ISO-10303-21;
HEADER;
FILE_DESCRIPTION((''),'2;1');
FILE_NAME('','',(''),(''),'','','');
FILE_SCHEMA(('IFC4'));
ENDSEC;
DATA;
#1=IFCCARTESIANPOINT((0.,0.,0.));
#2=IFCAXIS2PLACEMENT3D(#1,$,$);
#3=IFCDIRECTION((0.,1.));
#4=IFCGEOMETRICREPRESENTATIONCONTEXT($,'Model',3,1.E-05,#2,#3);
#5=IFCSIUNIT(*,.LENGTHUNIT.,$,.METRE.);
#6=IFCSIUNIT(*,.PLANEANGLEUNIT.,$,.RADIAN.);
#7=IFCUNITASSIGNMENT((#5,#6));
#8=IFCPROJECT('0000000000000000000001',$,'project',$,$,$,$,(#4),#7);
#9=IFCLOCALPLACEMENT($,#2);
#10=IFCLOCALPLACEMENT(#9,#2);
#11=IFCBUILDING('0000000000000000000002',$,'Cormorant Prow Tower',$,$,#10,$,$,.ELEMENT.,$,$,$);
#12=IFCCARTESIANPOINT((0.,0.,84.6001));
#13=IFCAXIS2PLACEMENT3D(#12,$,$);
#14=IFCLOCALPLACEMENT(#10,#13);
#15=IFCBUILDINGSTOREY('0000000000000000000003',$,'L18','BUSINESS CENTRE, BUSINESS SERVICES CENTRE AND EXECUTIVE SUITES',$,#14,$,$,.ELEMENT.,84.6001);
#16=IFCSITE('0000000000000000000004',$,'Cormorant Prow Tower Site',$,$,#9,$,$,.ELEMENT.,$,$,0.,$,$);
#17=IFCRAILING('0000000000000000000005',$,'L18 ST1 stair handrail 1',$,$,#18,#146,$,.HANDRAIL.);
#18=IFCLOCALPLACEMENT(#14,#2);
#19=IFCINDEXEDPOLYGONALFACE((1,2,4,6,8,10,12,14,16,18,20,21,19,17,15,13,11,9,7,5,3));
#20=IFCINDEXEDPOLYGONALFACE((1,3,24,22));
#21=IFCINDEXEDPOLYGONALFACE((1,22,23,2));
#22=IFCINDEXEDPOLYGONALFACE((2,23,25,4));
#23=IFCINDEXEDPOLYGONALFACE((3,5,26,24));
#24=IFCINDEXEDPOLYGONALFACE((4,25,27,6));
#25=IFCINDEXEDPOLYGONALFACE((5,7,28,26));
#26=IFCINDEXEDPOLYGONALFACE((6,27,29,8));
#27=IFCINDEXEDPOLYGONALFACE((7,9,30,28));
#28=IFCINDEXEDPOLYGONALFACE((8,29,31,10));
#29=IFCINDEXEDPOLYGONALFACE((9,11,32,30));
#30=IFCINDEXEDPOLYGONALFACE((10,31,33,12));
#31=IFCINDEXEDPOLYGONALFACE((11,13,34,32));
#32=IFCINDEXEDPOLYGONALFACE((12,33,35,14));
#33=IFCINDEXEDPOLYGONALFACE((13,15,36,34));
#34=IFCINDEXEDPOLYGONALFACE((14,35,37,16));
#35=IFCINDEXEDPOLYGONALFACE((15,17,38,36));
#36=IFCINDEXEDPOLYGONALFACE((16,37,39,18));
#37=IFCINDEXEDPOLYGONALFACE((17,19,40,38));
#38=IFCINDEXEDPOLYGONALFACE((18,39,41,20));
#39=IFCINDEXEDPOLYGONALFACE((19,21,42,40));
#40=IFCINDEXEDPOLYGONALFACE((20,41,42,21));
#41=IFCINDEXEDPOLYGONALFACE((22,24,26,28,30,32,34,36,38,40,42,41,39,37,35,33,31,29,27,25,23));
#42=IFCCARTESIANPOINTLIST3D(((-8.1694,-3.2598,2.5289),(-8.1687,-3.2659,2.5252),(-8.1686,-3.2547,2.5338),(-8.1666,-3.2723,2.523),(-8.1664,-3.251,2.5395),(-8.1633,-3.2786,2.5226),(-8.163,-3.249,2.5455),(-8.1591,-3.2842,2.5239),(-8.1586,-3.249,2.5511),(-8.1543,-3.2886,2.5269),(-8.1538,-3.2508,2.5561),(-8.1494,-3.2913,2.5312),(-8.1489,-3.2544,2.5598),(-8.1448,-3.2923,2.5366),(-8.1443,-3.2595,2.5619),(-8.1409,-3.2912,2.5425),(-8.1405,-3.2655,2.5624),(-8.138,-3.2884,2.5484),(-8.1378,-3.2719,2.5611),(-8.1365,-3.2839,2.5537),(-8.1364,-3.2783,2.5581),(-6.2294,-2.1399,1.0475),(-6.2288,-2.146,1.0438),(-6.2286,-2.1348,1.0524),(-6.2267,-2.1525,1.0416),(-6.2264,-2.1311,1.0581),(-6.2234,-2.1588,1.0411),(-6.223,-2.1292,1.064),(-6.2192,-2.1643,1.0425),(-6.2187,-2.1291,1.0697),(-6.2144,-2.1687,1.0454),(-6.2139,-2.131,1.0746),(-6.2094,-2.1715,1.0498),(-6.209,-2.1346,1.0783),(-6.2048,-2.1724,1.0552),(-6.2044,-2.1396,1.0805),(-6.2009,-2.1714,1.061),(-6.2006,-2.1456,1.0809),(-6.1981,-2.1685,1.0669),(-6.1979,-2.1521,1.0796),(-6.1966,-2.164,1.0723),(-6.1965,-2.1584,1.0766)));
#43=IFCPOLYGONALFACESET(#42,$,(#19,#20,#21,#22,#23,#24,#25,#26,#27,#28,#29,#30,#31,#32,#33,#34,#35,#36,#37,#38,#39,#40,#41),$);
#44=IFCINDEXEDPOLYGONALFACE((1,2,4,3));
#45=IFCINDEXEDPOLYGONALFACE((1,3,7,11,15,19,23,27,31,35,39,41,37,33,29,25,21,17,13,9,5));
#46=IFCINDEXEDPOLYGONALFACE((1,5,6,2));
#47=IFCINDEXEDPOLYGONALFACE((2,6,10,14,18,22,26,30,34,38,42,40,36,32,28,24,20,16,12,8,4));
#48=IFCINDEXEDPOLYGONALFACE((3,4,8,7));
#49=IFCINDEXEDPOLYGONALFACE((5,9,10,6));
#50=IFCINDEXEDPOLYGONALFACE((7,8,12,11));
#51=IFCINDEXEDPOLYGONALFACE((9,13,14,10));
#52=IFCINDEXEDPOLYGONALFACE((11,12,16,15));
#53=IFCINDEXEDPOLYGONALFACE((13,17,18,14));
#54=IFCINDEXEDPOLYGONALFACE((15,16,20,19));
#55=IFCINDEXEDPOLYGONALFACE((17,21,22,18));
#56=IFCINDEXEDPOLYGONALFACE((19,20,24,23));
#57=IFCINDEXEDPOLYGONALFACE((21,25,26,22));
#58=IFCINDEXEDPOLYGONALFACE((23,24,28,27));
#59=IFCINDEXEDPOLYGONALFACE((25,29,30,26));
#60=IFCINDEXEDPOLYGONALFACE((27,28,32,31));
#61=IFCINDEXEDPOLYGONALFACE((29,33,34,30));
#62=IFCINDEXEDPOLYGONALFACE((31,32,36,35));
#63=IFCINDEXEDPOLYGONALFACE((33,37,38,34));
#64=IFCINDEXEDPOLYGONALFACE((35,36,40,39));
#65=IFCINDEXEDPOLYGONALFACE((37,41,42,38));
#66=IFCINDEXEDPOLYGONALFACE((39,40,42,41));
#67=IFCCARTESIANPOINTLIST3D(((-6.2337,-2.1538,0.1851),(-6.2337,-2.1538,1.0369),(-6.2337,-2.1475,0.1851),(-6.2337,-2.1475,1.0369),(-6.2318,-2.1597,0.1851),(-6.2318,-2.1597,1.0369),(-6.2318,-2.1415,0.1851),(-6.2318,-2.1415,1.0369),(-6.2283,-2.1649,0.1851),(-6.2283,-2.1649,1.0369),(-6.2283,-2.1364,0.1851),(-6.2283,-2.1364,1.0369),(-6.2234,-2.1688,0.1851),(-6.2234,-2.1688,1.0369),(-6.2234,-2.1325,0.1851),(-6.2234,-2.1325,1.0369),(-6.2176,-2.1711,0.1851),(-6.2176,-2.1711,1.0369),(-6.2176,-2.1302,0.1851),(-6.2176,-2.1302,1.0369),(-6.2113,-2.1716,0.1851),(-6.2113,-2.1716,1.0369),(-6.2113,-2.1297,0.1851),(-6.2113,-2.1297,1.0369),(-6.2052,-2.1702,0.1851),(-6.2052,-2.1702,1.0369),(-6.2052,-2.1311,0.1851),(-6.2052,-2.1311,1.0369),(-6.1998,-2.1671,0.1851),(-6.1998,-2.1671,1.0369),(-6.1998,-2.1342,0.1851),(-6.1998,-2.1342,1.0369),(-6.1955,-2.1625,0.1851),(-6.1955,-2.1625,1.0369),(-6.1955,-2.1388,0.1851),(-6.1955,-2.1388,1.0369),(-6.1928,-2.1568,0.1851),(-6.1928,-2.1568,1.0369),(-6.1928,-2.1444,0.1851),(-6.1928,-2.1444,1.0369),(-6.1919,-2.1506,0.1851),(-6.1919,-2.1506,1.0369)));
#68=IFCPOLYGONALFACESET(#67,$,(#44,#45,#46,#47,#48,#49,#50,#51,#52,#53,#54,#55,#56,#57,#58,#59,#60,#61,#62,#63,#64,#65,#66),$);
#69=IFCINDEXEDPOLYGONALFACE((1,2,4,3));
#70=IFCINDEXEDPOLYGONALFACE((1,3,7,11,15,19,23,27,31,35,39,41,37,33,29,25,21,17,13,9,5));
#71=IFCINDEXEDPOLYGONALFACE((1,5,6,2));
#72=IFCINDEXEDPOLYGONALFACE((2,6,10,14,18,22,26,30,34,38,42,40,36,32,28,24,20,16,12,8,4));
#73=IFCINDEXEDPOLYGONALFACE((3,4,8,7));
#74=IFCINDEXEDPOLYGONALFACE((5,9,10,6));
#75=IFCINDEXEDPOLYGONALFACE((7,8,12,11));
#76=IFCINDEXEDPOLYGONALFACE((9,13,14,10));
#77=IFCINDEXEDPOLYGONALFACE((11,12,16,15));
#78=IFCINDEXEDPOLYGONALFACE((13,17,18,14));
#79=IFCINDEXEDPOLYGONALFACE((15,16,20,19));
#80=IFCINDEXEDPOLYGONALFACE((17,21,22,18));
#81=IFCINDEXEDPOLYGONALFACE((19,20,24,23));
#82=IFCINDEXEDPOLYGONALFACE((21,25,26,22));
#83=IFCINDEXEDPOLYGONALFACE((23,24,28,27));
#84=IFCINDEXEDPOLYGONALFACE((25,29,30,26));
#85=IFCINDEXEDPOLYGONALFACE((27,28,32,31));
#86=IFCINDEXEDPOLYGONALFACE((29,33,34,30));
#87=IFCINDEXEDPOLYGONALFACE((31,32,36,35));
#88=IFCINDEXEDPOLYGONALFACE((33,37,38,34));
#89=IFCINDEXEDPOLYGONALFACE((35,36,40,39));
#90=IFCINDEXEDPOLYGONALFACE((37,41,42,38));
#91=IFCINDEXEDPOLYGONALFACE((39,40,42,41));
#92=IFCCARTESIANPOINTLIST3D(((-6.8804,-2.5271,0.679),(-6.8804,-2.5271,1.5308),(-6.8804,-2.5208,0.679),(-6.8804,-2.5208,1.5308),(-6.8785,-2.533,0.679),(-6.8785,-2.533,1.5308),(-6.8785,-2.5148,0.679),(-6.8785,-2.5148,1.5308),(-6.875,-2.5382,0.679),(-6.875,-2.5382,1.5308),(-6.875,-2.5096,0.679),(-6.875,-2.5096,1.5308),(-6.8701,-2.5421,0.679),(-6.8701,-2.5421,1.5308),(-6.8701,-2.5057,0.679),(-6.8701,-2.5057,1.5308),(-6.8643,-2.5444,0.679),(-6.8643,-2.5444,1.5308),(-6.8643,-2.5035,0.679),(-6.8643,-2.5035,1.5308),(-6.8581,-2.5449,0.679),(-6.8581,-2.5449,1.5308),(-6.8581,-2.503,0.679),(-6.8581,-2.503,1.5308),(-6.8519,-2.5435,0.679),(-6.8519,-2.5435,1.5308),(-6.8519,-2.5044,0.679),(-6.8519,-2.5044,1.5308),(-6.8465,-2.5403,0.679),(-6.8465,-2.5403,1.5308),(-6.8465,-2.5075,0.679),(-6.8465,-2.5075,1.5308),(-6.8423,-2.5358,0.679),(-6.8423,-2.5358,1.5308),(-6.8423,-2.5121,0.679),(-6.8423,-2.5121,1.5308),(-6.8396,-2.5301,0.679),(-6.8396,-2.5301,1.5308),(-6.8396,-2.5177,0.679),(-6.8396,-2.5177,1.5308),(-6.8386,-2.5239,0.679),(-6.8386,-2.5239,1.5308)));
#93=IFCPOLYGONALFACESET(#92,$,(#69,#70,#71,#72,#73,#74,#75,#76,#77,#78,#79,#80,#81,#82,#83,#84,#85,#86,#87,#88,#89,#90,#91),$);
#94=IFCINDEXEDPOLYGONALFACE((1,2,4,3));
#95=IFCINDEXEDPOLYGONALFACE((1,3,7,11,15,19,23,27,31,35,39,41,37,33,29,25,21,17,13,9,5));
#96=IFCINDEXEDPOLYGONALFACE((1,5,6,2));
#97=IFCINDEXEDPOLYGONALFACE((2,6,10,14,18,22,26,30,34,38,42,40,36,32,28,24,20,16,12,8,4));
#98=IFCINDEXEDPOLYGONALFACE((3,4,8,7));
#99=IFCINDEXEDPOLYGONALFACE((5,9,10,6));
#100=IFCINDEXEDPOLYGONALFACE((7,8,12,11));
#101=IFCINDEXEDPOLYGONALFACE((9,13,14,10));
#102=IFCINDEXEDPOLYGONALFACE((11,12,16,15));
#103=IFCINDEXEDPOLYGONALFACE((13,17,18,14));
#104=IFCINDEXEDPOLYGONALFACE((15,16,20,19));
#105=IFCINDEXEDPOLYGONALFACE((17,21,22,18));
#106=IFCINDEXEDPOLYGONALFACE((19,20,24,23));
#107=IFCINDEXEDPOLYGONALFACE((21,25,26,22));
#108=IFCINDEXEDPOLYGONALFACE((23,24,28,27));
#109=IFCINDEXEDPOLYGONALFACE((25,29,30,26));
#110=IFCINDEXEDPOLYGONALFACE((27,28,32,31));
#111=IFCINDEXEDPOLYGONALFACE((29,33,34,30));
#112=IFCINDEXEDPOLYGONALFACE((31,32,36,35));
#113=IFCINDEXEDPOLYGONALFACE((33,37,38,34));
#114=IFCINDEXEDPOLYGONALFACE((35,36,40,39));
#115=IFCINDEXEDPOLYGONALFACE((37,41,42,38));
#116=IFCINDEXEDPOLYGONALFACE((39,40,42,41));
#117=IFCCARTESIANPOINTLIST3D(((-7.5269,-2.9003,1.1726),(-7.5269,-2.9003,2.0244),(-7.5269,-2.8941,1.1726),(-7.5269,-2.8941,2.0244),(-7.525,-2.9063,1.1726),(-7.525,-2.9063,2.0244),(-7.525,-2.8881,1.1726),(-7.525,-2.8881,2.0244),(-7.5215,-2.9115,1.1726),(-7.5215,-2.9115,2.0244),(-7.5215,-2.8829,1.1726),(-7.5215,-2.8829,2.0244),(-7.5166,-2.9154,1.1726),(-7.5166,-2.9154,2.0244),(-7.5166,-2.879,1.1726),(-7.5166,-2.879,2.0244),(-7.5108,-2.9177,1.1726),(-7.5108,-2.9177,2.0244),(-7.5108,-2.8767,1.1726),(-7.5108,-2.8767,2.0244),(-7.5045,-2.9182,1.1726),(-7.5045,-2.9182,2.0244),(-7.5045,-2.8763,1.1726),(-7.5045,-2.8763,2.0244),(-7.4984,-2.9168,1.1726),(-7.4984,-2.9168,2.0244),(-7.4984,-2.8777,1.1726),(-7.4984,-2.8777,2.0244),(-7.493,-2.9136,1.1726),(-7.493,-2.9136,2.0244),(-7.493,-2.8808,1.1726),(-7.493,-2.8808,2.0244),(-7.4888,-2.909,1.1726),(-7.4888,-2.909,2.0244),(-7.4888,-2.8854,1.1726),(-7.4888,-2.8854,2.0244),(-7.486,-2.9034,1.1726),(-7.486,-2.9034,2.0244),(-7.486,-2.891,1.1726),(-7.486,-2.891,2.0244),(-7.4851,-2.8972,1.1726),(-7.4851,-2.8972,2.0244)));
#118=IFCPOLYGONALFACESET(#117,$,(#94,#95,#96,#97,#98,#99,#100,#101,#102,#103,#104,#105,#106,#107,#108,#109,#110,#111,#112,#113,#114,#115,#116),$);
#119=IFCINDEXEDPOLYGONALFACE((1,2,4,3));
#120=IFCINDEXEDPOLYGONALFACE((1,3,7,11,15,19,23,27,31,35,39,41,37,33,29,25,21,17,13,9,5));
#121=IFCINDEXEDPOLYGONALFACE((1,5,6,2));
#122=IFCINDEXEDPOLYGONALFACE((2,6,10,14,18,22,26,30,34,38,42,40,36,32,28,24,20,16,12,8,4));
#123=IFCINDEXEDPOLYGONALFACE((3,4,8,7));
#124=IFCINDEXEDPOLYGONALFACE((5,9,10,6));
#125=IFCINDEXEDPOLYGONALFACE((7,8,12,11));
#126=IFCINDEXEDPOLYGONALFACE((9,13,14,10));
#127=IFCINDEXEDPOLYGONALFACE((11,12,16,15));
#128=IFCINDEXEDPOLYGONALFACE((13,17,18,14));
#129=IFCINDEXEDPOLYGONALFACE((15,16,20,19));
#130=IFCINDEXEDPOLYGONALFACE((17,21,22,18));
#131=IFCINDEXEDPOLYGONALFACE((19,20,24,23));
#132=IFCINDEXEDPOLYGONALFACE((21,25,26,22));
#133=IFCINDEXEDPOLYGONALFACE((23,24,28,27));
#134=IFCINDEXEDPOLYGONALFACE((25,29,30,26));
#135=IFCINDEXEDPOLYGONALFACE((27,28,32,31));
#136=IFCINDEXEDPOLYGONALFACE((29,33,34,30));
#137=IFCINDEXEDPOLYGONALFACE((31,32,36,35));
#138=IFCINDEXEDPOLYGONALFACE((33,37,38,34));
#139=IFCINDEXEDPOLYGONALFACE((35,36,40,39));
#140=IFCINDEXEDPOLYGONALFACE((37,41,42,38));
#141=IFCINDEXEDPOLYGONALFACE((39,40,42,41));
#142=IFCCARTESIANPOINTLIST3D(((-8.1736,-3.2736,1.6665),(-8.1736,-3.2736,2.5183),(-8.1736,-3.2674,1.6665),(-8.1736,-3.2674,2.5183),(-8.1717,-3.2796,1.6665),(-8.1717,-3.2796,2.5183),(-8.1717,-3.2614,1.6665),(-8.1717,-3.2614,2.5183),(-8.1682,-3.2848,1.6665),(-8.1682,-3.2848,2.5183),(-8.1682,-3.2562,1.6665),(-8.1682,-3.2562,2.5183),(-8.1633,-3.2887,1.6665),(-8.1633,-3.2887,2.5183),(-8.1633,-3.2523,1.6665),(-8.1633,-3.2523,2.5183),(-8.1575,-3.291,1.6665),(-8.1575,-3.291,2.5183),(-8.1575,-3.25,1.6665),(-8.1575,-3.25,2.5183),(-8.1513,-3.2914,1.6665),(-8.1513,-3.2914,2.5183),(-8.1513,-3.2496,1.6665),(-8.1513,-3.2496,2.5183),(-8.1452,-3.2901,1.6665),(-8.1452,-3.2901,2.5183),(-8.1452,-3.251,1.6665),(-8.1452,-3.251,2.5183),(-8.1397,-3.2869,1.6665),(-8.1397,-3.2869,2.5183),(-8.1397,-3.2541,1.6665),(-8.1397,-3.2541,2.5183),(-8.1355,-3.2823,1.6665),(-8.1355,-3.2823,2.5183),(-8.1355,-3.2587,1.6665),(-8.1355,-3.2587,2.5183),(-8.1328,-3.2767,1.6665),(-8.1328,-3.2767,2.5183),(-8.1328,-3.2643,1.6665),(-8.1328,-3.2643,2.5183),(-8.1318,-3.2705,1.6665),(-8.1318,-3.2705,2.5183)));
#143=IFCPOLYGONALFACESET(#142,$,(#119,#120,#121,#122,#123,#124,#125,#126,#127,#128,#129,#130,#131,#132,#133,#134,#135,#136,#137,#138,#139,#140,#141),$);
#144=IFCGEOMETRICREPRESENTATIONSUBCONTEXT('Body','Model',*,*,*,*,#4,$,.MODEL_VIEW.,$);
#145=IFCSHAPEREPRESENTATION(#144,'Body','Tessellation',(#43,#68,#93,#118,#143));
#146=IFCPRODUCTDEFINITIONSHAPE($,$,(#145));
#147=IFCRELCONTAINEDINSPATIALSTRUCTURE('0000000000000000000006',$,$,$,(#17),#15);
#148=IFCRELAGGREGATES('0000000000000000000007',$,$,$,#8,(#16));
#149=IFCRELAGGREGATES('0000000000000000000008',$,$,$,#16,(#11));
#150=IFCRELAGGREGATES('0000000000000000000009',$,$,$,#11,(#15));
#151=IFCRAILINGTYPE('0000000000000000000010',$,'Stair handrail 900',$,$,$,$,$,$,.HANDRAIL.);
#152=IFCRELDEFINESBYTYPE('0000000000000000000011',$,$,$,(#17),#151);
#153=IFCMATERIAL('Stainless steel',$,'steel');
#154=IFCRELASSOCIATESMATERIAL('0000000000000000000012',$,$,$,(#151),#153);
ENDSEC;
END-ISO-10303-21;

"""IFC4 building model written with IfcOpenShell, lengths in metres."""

from ifc_helpers import new_model, si_unit, direction, frame, origin, origin_2d, place, context, subcontext, project, spatial, circle, extrude, material, type_object, element, save


model = new_model("IFC4")

# Units and contexts
model_context = context("Model", 3, precision=1e-05, world=origin(), true_north=direction((0.0, 1.0)))
body_context = subcontext(model_context, "Body", "Model", "MODEL_VIEW")
ifc_project = project(units=[si_unit("LENGTHUNIT", "METRE"), si_unit("PLANEANGLEUNIT", "RADIAN")], contexts=[model_context])

# Site, building, storey
site_placement = place(None, origin())
site = spatial("IfcSite", under=ifc_project, at=site_placement, Name="Cormorant Prow Tower Site", CompositionType="ELEMENT", RefElevation=0.0)
building_placement = place(site_placement, origin())
building = spatial("IfcBuilding", under=site, at=building_placement, Name="Cormorant Prow Tower", CompositionType="ELEMENT")
storey_placement = place(building_placement, frame((0.0, 0.0, 84.6001)))
storey = spatial("IfcBuildingStorey", under=building, at=storey_placement, Name="L18", Description="BUSINESS CENTRE, BUSINESS SERVICES CENTRE AND EXECUTIVE SUITES", CompositionType="ELEMENT", Elevation=84.6001)

# Railing
ifc_material_1 = material(Name="Stainless steel", Category="steel")
railing_type = type_object("IfcRailingType", Name="Stair handrail 900", PredefinedType="HANDRAIL", material=ifc_material_1)
railing_1_placement = place(storey_placement, frame((-6.2129, -2.1506, 0.1851)))
element("IfcRailing", 1, at=railing_1_placement, inside=storey, type_object=railing_type, Name="L18 ST1 stair handrail 1", PredefinedType="HANDRAIL", context=body_context, shape_type="SweptSolid", body=[
    extrude(circle(Radius=0.0239, at=origin_2d()), frame((0.0, 0.0, 0.876), z_axis=(-0.722363, -0.417, 0.551636), x_axis=(0.499949, -0.866055, 0.0)), (0.0, 0.0, 1.0), 2.6855),
    extrude(circle(Radius=0.021, at=origin_2d()), origin(), (0.0, 0.0, 1.0), 0.8518),
    extrude(circle(Radius=0.021, at=origin_2d()), frame((-0.6467, -0.3733, 0.4939)), (0.0, 0.0, 1.0), 0.8518),
    extrude(circle(Radius=0.021, at=origin_2d()), frame((-1.2932, -0.7466, 0.9875)), (0.0, 0.0, 1.0), 0.8518),
    extrude(circle(Radius=0.021, at=origin_2d()), frame((-1.9399, -1.1199, 1.4814)), (0.0, 0.0, 1.0), 0.8518),
])

save(model, "model.ifc")
